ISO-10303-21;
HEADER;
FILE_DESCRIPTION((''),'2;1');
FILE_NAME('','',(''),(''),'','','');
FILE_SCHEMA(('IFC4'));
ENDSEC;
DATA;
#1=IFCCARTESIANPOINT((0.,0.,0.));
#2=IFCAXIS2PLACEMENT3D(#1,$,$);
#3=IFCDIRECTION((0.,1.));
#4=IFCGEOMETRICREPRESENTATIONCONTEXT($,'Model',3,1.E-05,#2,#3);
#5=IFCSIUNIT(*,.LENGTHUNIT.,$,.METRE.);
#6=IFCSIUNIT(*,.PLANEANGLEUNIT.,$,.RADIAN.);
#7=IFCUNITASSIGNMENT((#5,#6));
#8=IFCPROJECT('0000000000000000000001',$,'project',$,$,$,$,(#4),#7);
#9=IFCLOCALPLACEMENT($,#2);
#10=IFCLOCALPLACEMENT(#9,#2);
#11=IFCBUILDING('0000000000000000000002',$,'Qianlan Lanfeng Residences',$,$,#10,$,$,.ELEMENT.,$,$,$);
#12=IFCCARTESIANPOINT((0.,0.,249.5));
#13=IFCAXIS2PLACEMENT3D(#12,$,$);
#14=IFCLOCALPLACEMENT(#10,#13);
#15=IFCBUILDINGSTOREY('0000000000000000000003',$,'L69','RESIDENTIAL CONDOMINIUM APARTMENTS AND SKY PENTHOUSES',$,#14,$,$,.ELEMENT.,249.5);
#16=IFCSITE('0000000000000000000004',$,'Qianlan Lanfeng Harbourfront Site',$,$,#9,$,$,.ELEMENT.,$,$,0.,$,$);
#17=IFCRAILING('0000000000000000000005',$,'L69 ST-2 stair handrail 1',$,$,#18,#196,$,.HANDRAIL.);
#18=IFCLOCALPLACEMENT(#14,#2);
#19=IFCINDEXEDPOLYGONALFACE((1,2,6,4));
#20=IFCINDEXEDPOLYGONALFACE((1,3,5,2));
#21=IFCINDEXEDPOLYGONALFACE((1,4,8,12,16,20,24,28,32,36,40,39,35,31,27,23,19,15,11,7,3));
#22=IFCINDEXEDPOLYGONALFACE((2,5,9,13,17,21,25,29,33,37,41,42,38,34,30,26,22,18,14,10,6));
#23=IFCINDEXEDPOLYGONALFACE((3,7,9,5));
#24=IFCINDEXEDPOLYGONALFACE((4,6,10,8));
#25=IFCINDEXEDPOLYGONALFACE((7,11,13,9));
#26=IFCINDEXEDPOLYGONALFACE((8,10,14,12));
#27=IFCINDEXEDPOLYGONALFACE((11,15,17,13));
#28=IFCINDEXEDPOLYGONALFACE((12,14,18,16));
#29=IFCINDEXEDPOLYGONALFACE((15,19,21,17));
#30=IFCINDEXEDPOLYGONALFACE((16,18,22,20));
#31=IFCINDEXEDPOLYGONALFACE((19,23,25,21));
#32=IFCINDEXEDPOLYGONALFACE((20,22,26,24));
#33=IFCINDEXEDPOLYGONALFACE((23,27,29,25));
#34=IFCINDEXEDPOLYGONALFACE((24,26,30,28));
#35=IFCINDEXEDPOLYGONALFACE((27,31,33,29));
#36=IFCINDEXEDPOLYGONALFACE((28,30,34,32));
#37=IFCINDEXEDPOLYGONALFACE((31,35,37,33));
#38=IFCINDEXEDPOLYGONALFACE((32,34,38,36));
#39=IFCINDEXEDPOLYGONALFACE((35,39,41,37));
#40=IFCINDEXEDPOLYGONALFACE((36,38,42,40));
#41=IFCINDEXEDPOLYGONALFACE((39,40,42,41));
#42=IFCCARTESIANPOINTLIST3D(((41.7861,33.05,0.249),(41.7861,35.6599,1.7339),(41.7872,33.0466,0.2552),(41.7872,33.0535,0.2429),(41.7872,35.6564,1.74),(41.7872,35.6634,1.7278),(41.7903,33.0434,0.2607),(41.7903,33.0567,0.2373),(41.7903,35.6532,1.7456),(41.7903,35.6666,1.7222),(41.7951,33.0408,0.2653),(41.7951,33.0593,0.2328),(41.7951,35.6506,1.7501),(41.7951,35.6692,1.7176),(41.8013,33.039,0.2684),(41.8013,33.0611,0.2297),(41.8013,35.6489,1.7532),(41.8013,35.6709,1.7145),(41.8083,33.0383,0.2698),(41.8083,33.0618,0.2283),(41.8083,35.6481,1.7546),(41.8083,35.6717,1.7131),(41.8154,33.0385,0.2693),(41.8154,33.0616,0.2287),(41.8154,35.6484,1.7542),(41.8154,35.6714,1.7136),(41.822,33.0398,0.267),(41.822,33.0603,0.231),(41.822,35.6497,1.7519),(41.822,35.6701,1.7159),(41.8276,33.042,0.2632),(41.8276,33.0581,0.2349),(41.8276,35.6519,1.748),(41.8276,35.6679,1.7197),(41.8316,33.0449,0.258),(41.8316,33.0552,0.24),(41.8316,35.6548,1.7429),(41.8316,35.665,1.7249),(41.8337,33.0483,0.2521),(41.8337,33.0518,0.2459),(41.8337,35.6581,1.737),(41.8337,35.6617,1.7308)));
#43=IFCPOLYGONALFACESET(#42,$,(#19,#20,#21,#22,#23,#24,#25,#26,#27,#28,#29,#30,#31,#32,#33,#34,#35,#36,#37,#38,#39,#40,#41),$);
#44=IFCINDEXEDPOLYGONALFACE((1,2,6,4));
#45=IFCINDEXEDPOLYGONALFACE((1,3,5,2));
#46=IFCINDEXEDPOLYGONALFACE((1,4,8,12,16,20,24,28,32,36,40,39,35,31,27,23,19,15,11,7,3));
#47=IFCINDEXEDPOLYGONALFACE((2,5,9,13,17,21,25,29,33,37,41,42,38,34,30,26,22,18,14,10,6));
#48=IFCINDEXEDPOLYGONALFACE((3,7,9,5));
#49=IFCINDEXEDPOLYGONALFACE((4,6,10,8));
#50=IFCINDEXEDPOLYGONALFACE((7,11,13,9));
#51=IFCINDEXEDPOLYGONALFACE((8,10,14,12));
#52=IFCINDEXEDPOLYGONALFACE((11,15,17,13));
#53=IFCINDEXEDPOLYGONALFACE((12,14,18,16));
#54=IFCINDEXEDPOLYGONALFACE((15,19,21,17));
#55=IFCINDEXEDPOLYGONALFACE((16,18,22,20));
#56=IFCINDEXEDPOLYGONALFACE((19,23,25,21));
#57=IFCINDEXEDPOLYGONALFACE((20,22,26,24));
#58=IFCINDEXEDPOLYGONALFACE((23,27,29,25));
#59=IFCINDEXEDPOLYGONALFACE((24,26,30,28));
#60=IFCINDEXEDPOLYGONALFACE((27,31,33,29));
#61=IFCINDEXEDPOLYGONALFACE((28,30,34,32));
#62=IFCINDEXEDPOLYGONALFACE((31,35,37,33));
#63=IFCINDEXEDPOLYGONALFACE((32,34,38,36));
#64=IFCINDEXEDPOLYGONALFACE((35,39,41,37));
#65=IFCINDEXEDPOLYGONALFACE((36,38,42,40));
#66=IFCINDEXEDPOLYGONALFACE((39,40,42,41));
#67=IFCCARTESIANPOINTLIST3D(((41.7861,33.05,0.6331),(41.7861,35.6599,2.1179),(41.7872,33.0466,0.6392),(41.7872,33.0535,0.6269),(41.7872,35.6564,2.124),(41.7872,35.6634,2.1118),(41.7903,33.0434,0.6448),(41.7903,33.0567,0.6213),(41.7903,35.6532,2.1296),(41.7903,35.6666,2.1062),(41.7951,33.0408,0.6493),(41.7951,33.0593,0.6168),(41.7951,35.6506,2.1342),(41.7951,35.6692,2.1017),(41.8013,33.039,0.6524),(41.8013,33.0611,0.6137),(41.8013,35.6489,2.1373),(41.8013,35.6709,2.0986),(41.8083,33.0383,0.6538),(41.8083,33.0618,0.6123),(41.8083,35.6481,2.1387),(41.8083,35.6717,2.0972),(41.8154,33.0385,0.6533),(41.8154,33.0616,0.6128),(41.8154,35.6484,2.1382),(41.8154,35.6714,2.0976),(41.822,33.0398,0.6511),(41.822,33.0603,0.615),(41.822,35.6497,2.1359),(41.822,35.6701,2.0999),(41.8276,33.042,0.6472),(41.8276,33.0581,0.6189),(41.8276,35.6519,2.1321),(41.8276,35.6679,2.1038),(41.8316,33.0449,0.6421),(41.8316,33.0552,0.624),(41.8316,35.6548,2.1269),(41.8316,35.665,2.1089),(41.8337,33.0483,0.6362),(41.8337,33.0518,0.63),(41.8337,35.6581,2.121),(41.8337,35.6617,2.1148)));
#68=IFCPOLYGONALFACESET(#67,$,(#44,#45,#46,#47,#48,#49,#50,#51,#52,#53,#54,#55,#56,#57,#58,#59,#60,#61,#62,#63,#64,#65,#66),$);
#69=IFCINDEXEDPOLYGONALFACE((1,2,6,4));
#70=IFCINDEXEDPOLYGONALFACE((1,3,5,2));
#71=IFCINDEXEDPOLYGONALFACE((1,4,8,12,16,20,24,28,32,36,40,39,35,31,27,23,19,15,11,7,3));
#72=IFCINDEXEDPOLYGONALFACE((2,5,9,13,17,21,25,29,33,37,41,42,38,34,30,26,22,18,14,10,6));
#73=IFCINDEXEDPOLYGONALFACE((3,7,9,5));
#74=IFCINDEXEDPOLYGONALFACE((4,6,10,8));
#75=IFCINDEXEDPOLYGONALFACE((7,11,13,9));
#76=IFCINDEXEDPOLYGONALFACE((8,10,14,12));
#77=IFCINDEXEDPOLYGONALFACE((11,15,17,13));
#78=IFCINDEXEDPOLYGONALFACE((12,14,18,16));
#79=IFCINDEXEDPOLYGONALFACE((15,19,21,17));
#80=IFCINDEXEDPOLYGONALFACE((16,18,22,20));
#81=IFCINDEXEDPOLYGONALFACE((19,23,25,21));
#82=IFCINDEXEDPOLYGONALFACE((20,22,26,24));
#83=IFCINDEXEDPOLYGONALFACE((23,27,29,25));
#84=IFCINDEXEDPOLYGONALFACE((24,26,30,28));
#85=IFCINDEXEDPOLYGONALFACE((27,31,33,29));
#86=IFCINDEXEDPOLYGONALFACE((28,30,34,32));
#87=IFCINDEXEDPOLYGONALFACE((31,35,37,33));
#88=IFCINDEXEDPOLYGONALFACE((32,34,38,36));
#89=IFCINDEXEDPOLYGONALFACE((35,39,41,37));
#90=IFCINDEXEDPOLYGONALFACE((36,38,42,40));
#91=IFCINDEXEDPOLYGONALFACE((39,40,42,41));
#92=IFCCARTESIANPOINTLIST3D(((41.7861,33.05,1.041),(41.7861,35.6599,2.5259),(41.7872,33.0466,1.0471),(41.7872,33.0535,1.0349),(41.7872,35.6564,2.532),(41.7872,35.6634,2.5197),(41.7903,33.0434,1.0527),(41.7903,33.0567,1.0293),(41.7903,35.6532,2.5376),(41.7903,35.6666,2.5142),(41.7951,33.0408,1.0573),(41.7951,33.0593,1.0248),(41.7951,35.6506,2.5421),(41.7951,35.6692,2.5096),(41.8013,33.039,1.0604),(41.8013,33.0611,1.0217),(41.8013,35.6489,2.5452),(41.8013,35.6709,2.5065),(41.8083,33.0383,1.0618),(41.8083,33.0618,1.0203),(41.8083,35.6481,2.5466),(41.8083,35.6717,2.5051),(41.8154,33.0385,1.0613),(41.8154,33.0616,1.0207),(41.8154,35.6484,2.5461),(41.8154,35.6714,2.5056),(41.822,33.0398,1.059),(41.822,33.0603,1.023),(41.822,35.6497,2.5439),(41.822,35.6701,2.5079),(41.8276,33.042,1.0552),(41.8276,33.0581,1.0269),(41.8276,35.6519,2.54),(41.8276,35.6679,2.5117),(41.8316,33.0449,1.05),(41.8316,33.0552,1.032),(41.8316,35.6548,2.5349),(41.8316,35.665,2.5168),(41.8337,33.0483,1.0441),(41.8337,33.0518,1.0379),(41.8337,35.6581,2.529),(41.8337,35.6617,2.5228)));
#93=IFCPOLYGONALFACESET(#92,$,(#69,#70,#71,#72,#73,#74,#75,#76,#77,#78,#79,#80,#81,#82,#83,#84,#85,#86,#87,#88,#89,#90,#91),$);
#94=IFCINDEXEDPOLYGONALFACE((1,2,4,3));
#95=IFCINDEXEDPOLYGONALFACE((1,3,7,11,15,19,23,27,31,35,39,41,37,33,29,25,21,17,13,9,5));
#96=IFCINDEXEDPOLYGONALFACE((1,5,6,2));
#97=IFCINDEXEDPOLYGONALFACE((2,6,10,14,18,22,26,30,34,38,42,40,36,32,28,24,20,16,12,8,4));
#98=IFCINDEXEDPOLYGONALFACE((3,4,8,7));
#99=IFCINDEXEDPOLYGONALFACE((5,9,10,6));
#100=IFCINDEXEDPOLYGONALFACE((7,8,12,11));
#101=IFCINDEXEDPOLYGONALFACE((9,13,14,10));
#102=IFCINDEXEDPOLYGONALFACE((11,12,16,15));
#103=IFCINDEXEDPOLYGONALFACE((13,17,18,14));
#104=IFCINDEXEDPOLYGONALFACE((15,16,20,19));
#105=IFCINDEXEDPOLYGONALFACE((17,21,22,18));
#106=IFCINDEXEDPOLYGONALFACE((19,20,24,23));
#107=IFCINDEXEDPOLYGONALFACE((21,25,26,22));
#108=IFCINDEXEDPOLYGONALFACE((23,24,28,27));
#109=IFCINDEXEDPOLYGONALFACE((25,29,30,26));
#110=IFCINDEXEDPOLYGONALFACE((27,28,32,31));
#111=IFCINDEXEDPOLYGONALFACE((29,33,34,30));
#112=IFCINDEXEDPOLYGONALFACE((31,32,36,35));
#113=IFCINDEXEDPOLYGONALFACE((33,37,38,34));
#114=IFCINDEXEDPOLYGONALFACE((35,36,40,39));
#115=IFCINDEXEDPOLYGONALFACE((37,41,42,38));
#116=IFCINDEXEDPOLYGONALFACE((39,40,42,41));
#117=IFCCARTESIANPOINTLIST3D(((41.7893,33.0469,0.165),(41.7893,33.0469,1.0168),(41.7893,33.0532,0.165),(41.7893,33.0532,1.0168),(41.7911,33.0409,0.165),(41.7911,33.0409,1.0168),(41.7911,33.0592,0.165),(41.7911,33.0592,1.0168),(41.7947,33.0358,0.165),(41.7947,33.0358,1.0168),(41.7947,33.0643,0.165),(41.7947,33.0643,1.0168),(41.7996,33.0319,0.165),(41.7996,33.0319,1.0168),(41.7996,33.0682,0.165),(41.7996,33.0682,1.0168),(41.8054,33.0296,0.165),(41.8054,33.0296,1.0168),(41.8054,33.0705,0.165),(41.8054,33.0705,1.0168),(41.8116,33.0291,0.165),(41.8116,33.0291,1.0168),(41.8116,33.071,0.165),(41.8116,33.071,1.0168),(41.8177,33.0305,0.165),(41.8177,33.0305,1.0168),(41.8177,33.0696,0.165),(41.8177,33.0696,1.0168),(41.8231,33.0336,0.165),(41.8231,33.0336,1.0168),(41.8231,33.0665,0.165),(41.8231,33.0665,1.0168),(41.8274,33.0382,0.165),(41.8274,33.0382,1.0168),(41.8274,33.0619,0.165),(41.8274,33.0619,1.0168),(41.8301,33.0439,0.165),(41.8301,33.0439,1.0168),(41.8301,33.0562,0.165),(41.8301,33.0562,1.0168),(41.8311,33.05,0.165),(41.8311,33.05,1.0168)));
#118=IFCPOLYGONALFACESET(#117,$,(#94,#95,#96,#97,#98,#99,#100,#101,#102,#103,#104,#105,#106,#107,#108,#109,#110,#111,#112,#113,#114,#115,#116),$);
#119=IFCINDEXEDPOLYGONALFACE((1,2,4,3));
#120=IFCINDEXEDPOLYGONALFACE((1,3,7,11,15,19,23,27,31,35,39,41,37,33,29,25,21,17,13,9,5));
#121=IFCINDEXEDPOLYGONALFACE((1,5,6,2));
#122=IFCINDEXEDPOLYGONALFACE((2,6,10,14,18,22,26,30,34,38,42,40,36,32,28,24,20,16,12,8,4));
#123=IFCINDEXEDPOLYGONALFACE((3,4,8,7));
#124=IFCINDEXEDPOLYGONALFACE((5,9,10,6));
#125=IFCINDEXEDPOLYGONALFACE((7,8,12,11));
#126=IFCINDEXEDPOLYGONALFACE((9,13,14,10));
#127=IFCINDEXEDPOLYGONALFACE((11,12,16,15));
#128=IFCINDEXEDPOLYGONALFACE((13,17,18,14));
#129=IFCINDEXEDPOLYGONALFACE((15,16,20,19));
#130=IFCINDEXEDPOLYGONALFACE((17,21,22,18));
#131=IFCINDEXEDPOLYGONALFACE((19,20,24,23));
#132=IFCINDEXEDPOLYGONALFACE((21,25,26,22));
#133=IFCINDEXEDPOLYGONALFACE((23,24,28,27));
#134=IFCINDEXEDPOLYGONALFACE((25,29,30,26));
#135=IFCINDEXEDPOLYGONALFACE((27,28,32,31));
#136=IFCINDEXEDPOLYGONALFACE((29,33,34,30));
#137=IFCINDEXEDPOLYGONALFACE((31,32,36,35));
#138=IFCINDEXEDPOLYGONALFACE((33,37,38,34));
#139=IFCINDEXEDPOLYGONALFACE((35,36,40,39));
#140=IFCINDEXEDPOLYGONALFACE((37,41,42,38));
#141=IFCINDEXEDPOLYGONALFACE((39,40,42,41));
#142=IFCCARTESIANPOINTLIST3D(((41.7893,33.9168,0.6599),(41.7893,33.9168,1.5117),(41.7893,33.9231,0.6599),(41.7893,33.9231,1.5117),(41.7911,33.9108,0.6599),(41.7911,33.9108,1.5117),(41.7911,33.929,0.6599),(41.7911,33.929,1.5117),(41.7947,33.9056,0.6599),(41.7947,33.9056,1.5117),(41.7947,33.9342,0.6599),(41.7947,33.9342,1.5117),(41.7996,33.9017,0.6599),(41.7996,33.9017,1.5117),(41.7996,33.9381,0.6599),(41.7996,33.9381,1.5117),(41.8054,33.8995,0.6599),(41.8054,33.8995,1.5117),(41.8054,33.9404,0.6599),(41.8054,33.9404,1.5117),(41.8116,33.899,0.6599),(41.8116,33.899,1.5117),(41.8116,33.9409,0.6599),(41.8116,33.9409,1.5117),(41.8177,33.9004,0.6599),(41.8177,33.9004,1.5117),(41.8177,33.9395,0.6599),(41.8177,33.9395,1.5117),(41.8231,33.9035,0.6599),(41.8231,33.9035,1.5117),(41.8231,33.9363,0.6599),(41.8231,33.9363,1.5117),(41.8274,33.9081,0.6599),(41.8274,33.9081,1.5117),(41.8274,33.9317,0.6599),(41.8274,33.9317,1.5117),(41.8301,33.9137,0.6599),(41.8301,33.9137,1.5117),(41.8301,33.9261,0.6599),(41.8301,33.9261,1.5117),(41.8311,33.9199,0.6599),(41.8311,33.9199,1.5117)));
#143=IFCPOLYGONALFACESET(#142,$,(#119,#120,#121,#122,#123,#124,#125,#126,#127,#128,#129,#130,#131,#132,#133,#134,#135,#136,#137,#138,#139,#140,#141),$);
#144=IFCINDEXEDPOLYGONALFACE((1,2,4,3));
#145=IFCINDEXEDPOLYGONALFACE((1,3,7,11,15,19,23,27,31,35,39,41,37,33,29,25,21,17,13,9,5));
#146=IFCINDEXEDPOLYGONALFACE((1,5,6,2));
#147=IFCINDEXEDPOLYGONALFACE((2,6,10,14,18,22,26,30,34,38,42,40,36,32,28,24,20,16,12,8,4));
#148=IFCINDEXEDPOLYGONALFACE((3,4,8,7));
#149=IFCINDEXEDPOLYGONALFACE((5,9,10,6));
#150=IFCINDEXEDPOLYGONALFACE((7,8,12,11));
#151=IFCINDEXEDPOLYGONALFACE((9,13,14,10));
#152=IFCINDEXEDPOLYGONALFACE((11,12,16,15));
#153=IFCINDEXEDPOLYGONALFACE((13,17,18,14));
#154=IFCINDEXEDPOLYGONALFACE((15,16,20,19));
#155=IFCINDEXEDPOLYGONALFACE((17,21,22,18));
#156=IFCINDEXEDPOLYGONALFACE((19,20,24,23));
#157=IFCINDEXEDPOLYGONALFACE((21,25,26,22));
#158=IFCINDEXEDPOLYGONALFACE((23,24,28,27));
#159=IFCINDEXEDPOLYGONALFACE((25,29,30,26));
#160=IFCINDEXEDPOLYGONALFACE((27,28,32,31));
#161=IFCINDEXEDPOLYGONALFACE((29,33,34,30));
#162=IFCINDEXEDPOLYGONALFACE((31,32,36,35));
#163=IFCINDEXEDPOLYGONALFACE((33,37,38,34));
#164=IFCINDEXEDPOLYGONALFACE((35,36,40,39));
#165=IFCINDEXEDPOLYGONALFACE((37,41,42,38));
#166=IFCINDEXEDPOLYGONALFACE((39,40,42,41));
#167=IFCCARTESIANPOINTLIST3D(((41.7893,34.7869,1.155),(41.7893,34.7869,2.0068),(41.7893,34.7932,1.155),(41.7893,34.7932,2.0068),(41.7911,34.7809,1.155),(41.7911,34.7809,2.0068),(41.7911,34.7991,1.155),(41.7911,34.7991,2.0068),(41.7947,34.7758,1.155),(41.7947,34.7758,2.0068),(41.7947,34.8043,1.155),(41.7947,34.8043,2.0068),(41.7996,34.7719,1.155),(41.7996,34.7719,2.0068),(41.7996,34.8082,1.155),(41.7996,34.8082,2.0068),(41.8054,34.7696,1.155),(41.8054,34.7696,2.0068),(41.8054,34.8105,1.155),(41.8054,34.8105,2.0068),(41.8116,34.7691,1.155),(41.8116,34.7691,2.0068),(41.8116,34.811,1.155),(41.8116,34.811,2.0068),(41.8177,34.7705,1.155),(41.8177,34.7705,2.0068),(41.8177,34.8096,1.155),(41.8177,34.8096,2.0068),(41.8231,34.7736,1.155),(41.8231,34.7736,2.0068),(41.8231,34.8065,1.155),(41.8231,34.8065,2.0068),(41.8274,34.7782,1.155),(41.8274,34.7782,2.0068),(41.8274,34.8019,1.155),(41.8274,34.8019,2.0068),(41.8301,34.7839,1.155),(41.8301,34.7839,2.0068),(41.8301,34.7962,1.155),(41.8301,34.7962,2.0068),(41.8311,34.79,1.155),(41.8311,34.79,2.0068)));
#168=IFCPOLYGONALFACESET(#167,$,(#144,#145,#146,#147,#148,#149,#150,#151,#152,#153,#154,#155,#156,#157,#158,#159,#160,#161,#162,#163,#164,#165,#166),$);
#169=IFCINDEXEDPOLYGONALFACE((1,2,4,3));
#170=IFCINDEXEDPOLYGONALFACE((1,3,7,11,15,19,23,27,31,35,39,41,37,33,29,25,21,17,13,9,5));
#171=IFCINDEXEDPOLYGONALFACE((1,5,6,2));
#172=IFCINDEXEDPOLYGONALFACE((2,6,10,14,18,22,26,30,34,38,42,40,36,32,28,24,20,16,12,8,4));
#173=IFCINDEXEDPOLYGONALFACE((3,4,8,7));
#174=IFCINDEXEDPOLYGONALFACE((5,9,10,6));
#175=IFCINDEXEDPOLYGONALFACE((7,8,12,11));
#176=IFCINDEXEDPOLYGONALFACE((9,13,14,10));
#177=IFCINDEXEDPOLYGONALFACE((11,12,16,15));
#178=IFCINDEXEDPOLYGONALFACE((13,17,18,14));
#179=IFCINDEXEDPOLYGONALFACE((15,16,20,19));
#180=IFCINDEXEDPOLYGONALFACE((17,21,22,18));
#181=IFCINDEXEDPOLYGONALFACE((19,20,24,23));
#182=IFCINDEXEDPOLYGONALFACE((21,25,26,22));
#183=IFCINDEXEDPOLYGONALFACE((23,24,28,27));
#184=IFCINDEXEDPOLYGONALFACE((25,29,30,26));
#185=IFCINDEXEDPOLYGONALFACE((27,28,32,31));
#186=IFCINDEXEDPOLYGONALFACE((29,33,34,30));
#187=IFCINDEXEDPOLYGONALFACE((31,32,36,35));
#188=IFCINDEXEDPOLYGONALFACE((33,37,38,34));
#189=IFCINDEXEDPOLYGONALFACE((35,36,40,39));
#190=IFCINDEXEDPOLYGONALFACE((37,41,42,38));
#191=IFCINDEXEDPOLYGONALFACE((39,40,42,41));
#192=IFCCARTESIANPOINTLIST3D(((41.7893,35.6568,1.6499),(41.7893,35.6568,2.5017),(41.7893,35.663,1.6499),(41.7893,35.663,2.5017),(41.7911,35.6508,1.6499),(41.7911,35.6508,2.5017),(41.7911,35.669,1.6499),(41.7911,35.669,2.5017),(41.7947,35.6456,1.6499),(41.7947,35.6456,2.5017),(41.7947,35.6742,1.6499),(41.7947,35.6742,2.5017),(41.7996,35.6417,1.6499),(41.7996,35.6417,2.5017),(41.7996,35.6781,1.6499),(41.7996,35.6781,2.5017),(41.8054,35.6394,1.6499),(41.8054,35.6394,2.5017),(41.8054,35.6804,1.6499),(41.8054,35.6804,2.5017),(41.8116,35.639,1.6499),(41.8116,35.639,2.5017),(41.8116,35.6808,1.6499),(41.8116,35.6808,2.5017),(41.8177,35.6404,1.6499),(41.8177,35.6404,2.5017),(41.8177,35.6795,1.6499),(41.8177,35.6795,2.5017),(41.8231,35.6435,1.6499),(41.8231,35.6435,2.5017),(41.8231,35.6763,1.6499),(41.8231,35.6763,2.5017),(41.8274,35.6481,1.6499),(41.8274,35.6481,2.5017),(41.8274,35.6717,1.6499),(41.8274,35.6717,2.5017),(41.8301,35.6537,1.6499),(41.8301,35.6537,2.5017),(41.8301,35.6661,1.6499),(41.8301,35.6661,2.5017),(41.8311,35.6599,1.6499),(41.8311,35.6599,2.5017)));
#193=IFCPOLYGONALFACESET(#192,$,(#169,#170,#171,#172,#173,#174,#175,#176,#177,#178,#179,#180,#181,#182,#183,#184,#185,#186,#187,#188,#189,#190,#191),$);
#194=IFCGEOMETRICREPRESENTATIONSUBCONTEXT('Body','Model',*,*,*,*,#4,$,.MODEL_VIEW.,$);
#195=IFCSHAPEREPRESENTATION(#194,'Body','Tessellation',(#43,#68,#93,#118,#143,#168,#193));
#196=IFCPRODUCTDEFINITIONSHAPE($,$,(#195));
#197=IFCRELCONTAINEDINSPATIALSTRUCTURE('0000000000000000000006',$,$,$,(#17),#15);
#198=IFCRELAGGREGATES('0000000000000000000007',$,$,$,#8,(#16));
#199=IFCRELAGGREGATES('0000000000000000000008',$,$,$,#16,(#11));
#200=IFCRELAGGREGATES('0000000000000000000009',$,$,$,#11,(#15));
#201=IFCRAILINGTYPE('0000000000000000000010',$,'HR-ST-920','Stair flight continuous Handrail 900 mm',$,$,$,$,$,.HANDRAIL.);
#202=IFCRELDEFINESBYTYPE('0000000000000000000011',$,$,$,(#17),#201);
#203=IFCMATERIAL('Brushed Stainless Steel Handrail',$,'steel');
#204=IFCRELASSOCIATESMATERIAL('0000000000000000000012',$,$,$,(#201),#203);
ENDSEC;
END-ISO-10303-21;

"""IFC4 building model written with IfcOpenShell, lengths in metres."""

from ifc_helpers import new_model, si_unit, direction, frame, origin, origin_2d, place, context, subcontext, project, spatial, circle, extrude, material, type_object, element, save


model = new_model("IFC4")

# Units and contexts
model_context = context("Model", 3, precision=1e-05, world=origin(), true_north=direction((0.0, 1.0)))
body_context = subcontext(model_context, "Body", "Model", "MODEL_VIEW")
ifc_project = project(units=[si_unit("LENGTHUNIT", "METRE"), si_unit("PLANEANGLEUNIT", "RADIAN")], contexts=[model_context])

# Site, building, storey
site_placement = place(None, origin())
site = spatial("IfcSite", under=ifc_project, at=site_placement, Name="Qianlan Lanfeng Harbourfront Site", CompositionType="ELEMENT", RefElevation=0.0)
building_placement = place(site_placement, origin())
building = spatial("IfcBuilding", under=site, at=building_placement, Name="Qianlan Lanfeng Residences", CompositionType="ELEMENT")
storey_placement = place(building_placement, frame((0.0, 0.0, 249.5)))
storey = spatial("IfcBuildingStorey", under=building, at=storey_placement, Name="L69", Description="RESIDENTIAL CONDOMINIUM APARTMENTS AND SKY PENTHOUSES", CompositionType="ELEMENT", Elevation=249.5)

# Railing
ifc_material_1 = material(Name="Brushed Stainless Steel Handrail", Category="steel")
railing_type_1 = type_object("IfcRailingType", Name="HR-ST-920", Description="Stair flight continuous Handrail 900 mm", PredefinedType="HANDRAIL", material=ifc_material_1)
railing_1_placement = place(storey_placement, frame((41.8101, 33.05, 0.165)))
element("IfcRailing", 1, at=railing_1_placement, inside=storey, type_object=railing_type_1, Name="L69 ST-2 stair handrail 1", PredefinedType="HANDRAIL", context=body_context, shape_type="SweptSolid", body=[
    extrude(circle(Radius=0.0239, at=origin_2d()), frame((0.0, 0.0, 0.084), z_axis=(0.0, 0.869172, 0.494509), x_axis=(-1.0, 0.0, 0.0)), (0.0, 0.0, 1.0), 3.0027),
    extrude(circle(Radius=0.0239, at=origin_2d()), frame((0.0, 0.0, 0.468), z_axis=(0.0, 0.869172, 0.494509), x_axis=(-1.0, 0.0, 0.0)), (0.0, 0.0, 1.0), 3.0027),
    extrude(circle(Radius=0.0239, at=origin_2d()), frame((0.0, 0.0, 0.876), z_axis=(0.0, 0.869172, 0.494509), x_axis=(-1.0, 0.0, 0.0)), (0.0, 0.0, 1.0), 3.0027),
    extrude(circle(Radius=0.021, at=origin_2d()), origin(), (0.0, 0.0, 1.0), 0.8518),
    extrude(circle(Radius=0.021, at=origin_2d()), frame((0.0, 0.8699, 0.4949)), (0.0, 0.0, 1.0), 0.8518),
    extrude(circle(Radius=0.021, at=origin_2d()), frame((0.0, 1.74, 0.99)), (0.0, 0.0, 1.0), 0.8518),
    extrude(circle(Radius=0.021, at=origin_2d()), frame((0.0, 2.6099, 1.4849)), (0.0, 0.0, 1.0), 0.8518),
])

save(model, "model.ifc")
